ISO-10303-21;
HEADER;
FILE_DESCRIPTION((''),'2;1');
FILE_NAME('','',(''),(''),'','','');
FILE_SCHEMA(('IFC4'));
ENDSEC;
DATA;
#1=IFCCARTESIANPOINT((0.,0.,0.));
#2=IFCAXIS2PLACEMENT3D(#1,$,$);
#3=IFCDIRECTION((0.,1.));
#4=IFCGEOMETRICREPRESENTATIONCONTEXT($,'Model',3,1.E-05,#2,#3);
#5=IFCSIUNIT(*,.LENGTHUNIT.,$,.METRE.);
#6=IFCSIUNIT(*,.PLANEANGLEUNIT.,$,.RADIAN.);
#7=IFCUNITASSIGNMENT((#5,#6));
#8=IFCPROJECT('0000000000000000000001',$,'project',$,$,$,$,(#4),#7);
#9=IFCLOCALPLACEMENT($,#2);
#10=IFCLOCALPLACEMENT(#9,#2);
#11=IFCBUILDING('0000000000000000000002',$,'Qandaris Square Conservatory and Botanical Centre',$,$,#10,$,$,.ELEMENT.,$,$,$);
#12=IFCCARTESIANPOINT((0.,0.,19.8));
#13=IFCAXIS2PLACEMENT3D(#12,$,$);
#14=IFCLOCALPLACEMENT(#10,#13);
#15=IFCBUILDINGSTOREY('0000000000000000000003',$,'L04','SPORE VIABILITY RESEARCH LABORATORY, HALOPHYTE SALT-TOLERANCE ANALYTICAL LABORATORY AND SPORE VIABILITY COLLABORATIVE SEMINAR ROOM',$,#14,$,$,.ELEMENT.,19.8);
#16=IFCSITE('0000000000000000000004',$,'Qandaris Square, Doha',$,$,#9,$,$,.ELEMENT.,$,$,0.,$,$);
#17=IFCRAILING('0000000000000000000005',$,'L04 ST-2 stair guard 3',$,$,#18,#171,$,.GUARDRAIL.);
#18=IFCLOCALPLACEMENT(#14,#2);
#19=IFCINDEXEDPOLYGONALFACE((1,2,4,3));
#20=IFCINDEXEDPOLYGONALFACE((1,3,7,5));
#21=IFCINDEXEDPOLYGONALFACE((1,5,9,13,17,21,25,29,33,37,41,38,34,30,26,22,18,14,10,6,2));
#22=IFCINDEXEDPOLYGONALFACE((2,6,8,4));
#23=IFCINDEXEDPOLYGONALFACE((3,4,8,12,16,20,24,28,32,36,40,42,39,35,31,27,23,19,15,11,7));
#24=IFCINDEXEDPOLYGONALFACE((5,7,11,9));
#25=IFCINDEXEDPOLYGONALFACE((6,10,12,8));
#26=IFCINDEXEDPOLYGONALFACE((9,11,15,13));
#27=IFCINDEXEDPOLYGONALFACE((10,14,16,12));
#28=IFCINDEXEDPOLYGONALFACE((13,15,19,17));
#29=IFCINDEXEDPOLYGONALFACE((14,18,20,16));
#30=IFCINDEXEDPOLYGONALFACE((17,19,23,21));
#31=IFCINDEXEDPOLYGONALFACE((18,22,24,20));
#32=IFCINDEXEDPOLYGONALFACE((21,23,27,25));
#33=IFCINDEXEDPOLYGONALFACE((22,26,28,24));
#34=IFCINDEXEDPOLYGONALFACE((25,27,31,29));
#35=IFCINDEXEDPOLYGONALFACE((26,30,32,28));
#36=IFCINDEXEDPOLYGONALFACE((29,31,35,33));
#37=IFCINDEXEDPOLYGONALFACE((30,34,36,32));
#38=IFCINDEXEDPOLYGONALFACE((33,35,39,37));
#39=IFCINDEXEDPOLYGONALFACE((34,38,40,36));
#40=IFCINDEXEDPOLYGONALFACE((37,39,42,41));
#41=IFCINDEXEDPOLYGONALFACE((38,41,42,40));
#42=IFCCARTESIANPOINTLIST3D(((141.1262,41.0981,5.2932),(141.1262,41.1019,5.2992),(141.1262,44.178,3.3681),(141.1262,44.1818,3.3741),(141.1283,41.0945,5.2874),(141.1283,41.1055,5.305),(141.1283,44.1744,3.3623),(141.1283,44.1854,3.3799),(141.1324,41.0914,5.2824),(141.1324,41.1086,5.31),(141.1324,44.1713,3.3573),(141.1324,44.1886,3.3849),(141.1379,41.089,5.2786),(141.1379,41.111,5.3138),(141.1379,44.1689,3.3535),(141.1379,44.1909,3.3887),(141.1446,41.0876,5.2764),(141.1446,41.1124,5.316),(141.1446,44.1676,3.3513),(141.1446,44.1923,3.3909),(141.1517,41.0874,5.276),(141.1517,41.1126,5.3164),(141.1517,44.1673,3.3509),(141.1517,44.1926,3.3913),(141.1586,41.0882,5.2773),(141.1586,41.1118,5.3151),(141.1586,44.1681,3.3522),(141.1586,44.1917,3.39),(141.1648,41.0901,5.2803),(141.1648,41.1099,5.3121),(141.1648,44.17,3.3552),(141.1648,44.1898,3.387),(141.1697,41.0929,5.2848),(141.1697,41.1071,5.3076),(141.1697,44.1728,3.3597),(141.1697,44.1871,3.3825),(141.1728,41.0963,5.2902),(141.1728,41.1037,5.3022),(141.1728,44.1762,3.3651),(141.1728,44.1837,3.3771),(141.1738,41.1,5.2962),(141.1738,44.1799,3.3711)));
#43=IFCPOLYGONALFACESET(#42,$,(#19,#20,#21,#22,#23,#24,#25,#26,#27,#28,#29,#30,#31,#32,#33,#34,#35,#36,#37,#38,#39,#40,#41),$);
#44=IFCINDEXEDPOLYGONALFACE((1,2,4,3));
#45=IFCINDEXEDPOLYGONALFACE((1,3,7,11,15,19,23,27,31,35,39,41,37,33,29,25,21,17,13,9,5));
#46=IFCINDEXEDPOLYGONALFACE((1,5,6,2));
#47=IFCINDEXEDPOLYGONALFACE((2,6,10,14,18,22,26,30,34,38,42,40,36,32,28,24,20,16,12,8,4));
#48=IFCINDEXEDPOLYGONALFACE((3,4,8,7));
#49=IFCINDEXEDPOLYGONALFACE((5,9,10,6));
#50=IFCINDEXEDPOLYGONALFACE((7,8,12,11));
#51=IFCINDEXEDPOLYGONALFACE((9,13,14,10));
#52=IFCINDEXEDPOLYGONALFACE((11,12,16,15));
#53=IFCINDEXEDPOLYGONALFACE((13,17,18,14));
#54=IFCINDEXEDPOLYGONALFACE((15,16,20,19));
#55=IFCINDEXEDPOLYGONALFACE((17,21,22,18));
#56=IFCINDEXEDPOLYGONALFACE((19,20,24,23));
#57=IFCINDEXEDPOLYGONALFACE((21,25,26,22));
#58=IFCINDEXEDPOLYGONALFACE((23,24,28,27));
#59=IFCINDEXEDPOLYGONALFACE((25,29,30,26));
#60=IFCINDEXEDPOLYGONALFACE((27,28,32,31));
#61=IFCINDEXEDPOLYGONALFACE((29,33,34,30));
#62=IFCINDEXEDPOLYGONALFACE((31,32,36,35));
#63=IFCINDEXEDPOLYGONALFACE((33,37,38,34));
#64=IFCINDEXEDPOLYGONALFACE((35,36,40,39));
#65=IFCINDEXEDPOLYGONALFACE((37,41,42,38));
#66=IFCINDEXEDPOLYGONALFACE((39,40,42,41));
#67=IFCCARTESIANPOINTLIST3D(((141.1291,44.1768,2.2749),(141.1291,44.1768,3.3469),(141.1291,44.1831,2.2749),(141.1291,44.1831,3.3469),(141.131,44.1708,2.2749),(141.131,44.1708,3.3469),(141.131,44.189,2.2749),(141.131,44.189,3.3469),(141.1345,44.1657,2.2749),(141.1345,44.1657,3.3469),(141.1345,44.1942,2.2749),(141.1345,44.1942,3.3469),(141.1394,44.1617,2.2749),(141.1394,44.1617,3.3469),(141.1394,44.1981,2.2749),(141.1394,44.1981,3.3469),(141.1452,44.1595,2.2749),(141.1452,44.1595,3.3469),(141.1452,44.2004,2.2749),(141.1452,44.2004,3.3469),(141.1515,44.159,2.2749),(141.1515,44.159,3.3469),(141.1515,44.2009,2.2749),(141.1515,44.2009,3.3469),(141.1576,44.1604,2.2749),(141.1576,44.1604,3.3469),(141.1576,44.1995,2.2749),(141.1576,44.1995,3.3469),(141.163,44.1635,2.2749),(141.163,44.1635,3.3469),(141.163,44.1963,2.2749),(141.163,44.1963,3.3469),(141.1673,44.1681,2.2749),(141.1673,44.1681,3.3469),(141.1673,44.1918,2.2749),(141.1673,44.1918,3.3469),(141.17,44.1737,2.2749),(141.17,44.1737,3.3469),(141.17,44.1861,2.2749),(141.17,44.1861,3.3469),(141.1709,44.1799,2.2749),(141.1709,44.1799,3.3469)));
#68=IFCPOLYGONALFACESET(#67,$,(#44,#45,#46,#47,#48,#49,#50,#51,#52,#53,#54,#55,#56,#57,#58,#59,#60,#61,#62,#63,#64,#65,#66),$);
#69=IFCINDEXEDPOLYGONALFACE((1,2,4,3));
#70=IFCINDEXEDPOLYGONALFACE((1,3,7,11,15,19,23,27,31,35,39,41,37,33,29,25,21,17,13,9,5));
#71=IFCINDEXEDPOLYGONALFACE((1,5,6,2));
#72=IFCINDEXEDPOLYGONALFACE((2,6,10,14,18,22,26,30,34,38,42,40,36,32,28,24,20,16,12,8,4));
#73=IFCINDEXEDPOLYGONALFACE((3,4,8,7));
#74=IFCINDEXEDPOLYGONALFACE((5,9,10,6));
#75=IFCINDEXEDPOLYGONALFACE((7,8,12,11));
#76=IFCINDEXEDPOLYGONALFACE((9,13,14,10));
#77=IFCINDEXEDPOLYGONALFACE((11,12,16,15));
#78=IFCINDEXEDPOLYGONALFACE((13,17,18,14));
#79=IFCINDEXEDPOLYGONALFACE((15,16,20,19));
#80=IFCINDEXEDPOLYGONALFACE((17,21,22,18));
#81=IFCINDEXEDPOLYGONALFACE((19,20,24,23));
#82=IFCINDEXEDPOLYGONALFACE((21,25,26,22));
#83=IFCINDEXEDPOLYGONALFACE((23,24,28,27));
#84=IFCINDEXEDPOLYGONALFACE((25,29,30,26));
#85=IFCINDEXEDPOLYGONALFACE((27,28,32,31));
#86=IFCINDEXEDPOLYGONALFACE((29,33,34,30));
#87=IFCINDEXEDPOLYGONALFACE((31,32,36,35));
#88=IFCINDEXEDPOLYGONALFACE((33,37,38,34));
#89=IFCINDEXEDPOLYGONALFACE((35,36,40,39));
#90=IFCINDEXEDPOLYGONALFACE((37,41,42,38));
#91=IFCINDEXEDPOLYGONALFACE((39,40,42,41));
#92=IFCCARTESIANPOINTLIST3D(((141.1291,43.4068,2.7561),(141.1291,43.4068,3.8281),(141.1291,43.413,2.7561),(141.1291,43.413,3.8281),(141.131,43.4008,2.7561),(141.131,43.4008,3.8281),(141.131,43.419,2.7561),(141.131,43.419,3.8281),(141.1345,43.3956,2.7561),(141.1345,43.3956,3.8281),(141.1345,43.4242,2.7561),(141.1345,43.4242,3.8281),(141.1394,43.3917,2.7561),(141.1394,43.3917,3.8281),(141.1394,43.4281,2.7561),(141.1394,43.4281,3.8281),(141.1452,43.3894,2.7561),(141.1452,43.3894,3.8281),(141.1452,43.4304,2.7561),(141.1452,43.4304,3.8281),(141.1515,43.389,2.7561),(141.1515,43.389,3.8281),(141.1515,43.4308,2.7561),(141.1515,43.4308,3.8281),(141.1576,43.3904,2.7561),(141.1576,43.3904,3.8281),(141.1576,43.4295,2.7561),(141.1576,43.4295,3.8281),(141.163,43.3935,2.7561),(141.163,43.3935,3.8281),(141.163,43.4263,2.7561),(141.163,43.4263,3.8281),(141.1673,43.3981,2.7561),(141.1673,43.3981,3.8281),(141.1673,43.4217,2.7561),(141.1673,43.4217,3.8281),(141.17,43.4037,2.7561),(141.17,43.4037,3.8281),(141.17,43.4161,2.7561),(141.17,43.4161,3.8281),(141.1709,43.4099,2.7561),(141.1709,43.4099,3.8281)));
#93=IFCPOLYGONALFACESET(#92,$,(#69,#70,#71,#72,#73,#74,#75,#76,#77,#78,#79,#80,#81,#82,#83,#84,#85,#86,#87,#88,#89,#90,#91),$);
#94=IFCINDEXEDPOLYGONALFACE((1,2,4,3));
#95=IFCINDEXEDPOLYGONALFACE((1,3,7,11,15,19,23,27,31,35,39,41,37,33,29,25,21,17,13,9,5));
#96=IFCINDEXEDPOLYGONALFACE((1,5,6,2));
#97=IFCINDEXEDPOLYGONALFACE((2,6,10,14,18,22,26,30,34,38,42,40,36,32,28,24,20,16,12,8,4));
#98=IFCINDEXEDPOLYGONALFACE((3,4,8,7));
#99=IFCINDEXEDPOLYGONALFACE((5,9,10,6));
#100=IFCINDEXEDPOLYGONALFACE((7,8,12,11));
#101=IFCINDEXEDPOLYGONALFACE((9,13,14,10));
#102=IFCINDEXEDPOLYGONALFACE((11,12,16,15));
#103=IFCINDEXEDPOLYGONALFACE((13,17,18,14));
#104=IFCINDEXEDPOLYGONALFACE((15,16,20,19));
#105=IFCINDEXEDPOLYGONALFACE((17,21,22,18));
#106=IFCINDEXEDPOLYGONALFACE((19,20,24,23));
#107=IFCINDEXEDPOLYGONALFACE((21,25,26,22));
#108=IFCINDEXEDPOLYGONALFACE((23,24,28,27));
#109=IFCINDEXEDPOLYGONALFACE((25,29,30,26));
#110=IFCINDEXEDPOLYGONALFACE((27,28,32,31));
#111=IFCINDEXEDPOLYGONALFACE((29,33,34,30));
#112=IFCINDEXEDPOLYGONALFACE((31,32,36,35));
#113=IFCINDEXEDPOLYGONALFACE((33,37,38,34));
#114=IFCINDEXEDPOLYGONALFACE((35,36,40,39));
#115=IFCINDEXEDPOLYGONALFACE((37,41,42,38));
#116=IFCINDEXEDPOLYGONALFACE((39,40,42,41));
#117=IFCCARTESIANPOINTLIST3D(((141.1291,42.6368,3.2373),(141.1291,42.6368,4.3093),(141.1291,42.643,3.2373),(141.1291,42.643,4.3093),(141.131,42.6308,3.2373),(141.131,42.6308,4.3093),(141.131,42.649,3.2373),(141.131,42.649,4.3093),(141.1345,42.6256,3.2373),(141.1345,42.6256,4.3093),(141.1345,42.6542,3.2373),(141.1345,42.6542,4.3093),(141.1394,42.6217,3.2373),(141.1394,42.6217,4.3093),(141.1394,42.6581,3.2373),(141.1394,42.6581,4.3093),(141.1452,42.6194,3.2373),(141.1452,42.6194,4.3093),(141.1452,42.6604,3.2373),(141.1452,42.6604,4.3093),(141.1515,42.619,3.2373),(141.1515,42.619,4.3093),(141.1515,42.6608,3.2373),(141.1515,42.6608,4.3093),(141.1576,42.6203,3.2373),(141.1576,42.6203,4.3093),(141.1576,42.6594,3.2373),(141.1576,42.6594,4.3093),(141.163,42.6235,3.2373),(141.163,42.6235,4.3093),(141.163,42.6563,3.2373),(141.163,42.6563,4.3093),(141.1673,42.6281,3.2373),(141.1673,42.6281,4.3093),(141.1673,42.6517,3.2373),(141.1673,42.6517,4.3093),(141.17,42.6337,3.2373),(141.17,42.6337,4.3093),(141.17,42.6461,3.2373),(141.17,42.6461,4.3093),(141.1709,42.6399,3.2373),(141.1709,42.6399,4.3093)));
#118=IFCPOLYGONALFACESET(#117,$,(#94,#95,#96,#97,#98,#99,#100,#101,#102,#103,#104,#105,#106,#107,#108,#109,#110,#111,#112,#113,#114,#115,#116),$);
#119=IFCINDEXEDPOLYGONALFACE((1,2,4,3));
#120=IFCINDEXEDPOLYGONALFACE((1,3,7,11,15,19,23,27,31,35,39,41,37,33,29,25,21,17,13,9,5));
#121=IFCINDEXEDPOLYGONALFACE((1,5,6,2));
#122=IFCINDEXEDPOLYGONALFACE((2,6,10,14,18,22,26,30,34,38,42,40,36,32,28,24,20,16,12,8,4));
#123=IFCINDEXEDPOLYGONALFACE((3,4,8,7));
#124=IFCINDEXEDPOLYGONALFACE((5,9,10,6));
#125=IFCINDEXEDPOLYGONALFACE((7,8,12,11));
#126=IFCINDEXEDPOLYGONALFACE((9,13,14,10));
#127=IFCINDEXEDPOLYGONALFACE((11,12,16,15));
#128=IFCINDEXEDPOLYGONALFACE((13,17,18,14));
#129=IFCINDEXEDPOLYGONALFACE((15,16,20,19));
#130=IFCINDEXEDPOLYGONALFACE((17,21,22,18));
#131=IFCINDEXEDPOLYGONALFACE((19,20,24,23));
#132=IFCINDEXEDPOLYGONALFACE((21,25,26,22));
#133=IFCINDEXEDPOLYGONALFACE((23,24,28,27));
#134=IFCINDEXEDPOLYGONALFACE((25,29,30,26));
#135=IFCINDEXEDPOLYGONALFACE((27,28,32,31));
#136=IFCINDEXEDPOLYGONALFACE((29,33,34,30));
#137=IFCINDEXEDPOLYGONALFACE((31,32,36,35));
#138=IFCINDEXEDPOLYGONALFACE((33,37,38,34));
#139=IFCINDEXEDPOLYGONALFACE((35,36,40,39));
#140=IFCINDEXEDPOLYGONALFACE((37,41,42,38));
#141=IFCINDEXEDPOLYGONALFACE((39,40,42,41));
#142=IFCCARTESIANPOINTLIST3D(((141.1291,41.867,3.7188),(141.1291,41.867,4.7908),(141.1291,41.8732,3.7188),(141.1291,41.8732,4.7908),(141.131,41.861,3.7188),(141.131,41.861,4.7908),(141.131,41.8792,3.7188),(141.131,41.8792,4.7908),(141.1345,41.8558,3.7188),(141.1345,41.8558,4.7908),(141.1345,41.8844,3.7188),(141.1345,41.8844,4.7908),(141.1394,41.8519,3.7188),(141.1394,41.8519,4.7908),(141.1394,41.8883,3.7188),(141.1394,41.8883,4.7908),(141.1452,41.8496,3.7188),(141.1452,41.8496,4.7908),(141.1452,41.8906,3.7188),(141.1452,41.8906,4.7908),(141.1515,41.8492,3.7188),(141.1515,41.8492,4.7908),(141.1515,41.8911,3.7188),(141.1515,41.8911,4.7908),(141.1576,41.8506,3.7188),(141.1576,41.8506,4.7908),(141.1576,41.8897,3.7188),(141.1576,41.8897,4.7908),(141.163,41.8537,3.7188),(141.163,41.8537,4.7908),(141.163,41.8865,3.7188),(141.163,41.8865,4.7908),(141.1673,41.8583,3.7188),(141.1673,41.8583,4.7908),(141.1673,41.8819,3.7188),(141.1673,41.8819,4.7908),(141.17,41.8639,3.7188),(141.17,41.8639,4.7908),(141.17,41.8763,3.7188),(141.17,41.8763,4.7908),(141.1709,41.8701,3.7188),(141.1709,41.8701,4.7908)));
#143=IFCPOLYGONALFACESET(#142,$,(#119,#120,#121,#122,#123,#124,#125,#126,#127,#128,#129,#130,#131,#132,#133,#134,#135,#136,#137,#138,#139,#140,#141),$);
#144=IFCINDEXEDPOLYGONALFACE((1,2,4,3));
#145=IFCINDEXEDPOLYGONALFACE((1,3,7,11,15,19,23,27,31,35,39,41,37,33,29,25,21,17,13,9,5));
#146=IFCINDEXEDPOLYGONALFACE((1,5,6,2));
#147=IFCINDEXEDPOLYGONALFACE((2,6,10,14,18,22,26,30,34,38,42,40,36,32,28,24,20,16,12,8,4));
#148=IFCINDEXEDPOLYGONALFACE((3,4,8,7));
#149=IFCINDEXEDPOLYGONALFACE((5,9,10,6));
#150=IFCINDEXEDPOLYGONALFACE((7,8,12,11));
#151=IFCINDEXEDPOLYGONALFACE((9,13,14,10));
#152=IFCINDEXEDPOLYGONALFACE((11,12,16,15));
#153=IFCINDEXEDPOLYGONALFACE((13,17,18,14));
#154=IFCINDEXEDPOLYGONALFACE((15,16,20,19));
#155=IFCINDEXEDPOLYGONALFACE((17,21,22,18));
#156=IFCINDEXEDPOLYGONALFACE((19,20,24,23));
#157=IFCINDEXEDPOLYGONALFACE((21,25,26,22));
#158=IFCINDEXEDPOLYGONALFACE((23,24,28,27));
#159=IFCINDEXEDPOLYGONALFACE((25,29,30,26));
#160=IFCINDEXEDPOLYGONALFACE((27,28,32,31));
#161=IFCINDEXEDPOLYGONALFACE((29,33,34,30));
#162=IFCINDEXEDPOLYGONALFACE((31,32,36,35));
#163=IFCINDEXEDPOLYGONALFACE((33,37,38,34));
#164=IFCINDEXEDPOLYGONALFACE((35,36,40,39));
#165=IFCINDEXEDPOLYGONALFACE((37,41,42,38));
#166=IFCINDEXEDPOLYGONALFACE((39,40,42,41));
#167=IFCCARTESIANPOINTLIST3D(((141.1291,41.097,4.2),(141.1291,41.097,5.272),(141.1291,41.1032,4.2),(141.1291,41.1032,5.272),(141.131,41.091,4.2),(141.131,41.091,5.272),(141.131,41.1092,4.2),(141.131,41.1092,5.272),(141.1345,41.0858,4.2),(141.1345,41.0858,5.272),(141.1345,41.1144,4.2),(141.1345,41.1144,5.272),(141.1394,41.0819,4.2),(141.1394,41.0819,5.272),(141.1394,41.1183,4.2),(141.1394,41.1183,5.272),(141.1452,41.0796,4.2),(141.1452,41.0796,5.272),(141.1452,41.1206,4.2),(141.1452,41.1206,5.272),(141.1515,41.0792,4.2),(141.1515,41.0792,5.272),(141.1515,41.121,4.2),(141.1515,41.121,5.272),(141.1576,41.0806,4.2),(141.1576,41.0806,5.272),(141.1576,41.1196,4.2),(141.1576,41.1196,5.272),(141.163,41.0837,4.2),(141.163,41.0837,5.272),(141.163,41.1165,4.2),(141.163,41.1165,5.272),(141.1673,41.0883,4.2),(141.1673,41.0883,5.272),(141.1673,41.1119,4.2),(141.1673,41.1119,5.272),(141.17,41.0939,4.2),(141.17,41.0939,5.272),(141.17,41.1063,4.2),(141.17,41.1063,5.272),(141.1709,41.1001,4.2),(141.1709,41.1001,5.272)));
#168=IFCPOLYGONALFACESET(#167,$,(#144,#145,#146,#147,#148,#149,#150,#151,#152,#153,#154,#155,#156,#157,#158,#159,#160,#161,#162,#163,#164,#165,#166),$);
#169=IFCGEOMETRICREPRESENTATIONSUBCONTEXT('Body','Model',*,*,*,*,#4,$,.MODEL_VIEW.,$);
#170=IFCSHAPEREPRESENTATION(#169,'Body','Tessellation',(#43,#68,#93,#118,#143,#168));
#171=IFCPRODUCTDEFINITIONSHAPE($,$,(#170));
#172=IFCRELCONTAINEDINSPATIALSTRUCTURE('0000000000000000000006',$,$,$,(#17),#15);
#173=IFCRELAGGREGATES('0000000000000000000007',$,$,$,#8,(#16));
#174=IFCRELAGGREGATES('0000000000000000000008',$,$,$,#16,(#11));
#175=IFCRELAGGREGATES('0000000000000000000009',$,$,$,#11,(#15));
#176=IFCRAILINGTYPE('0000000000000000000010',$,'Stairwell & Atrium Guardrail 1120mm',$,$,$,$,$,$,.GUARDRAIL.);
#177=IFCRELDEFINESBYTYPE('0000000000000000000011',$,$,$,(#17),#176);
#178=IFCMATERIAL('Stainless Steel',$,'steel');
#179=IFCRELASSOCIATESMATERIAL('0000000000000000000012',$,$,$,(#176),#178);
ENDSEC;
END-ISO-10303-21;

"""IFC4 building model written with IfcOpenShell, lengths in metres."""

from ifc_helpers import new_model, si_unit, direction, frame, origin, origin_2d, place, context, subcontext, project, spatial, circle, extrude, material, type_object, element, save


model = new_model("IFC4")

# Units and contexts
model_context = context("Model", 3, precision=1e-05, world=origin(), true_north=direction((0.0, 1.0)))
body_context = subcontext(model_context, "Body", "Model", "MODEL_VIEW")
ifc_project = project(units=[si_unit("LENGTHUNIT", "METRE"), si_unit("PLANEANGLEUNIT", "RADIAN")], contexts=[model_context])

# Site, building, storey
site_placement = place(None, origin())
site = spatial("IfcSite", under=ifc_project, at=site_placement, Name="Qandaris Square, Doha", CompositionType="ELEMENT", RefElevation=0.0)
building_placement = place(site_placement, origin())
building = spatial("IfcBuilding", under=site, at=building_placement, Name="Qandaris Square Conservatory and Botanical Centre", CompositionType="ELEMENT")
storey_placement = place(building_placement, frame((0.0, 0.0, 19.8)))
storey = spatial("IfcBuildingStorey", under=building, at=storey_placement, Name="L04", Description="SPORE VIABILITY RESEARCH LABORATORY, HALOPHYTE SALT-TOLERANCE ANALYTICAL LABORATORY AND SPORE VIABILITY COLLABORATIVE SEMINAR ROOM", CompositionType="ELEMENT", Elevation=19.8)

# Railing
ifc_material_1 = material(Name="Stainless Steel", Category="steel")
railing_type_1 = type_object("IfcRailingType", Name="Stairwell & Atrium Guardrail 1120mm", PredefinedType="GUARDRAIL", material=ifc_material_1)
railing_1_placement = place(storey_placement, frame((141.1499, 44.1799, 2.2749)))
element("IfcRailing", 1, at=railing_1_placement, inside=storey, type_object=railing_type_1, Name="L04 ST-2 stair guard 3", PredefinedType="GUARDRAIL", context=body_context, shape_type="SweptSolid", body=[
    extrude(circle(Radius=0.0239, at=origin_2d()), frame((0.0, 0.0, 1.0962), z_axis=(0.0, -0.847979, 0.530029), x_axis=(1.0, 0.0, 0.0)), (0.0, 0.0, 1.0), 3.6321),
    extrude(circle(Radius=0.021, at=origin_2d()), origin(), (0.0, 0.0, 1.0), 1.072),
    extrude(circle(Radius=0.021, at=origin_2d()), frame((0.0, -0.77, 0.4812)), (0.0, 0.0, 1.0), 1.072),
    extrude(circle(Radius=0.021, at=origin_2d()), frame((0.0, -1.54, 0.9624)), (0.0, 0.0, 1.0), 1.072),
    extrude(circle(Radius=0.021, at=origin_2d()), frame((0.0, -2.3098, 1.4438)), (0.0, 0.0, 1.0), 1.072),
    extrude(circle(Radius=0.021, at=origin_2d()), frame((0.0, -3.0798, 1.925)), (0.0, 0.0, 1.0), 1.072),
])

save(model, "model.ifc")
